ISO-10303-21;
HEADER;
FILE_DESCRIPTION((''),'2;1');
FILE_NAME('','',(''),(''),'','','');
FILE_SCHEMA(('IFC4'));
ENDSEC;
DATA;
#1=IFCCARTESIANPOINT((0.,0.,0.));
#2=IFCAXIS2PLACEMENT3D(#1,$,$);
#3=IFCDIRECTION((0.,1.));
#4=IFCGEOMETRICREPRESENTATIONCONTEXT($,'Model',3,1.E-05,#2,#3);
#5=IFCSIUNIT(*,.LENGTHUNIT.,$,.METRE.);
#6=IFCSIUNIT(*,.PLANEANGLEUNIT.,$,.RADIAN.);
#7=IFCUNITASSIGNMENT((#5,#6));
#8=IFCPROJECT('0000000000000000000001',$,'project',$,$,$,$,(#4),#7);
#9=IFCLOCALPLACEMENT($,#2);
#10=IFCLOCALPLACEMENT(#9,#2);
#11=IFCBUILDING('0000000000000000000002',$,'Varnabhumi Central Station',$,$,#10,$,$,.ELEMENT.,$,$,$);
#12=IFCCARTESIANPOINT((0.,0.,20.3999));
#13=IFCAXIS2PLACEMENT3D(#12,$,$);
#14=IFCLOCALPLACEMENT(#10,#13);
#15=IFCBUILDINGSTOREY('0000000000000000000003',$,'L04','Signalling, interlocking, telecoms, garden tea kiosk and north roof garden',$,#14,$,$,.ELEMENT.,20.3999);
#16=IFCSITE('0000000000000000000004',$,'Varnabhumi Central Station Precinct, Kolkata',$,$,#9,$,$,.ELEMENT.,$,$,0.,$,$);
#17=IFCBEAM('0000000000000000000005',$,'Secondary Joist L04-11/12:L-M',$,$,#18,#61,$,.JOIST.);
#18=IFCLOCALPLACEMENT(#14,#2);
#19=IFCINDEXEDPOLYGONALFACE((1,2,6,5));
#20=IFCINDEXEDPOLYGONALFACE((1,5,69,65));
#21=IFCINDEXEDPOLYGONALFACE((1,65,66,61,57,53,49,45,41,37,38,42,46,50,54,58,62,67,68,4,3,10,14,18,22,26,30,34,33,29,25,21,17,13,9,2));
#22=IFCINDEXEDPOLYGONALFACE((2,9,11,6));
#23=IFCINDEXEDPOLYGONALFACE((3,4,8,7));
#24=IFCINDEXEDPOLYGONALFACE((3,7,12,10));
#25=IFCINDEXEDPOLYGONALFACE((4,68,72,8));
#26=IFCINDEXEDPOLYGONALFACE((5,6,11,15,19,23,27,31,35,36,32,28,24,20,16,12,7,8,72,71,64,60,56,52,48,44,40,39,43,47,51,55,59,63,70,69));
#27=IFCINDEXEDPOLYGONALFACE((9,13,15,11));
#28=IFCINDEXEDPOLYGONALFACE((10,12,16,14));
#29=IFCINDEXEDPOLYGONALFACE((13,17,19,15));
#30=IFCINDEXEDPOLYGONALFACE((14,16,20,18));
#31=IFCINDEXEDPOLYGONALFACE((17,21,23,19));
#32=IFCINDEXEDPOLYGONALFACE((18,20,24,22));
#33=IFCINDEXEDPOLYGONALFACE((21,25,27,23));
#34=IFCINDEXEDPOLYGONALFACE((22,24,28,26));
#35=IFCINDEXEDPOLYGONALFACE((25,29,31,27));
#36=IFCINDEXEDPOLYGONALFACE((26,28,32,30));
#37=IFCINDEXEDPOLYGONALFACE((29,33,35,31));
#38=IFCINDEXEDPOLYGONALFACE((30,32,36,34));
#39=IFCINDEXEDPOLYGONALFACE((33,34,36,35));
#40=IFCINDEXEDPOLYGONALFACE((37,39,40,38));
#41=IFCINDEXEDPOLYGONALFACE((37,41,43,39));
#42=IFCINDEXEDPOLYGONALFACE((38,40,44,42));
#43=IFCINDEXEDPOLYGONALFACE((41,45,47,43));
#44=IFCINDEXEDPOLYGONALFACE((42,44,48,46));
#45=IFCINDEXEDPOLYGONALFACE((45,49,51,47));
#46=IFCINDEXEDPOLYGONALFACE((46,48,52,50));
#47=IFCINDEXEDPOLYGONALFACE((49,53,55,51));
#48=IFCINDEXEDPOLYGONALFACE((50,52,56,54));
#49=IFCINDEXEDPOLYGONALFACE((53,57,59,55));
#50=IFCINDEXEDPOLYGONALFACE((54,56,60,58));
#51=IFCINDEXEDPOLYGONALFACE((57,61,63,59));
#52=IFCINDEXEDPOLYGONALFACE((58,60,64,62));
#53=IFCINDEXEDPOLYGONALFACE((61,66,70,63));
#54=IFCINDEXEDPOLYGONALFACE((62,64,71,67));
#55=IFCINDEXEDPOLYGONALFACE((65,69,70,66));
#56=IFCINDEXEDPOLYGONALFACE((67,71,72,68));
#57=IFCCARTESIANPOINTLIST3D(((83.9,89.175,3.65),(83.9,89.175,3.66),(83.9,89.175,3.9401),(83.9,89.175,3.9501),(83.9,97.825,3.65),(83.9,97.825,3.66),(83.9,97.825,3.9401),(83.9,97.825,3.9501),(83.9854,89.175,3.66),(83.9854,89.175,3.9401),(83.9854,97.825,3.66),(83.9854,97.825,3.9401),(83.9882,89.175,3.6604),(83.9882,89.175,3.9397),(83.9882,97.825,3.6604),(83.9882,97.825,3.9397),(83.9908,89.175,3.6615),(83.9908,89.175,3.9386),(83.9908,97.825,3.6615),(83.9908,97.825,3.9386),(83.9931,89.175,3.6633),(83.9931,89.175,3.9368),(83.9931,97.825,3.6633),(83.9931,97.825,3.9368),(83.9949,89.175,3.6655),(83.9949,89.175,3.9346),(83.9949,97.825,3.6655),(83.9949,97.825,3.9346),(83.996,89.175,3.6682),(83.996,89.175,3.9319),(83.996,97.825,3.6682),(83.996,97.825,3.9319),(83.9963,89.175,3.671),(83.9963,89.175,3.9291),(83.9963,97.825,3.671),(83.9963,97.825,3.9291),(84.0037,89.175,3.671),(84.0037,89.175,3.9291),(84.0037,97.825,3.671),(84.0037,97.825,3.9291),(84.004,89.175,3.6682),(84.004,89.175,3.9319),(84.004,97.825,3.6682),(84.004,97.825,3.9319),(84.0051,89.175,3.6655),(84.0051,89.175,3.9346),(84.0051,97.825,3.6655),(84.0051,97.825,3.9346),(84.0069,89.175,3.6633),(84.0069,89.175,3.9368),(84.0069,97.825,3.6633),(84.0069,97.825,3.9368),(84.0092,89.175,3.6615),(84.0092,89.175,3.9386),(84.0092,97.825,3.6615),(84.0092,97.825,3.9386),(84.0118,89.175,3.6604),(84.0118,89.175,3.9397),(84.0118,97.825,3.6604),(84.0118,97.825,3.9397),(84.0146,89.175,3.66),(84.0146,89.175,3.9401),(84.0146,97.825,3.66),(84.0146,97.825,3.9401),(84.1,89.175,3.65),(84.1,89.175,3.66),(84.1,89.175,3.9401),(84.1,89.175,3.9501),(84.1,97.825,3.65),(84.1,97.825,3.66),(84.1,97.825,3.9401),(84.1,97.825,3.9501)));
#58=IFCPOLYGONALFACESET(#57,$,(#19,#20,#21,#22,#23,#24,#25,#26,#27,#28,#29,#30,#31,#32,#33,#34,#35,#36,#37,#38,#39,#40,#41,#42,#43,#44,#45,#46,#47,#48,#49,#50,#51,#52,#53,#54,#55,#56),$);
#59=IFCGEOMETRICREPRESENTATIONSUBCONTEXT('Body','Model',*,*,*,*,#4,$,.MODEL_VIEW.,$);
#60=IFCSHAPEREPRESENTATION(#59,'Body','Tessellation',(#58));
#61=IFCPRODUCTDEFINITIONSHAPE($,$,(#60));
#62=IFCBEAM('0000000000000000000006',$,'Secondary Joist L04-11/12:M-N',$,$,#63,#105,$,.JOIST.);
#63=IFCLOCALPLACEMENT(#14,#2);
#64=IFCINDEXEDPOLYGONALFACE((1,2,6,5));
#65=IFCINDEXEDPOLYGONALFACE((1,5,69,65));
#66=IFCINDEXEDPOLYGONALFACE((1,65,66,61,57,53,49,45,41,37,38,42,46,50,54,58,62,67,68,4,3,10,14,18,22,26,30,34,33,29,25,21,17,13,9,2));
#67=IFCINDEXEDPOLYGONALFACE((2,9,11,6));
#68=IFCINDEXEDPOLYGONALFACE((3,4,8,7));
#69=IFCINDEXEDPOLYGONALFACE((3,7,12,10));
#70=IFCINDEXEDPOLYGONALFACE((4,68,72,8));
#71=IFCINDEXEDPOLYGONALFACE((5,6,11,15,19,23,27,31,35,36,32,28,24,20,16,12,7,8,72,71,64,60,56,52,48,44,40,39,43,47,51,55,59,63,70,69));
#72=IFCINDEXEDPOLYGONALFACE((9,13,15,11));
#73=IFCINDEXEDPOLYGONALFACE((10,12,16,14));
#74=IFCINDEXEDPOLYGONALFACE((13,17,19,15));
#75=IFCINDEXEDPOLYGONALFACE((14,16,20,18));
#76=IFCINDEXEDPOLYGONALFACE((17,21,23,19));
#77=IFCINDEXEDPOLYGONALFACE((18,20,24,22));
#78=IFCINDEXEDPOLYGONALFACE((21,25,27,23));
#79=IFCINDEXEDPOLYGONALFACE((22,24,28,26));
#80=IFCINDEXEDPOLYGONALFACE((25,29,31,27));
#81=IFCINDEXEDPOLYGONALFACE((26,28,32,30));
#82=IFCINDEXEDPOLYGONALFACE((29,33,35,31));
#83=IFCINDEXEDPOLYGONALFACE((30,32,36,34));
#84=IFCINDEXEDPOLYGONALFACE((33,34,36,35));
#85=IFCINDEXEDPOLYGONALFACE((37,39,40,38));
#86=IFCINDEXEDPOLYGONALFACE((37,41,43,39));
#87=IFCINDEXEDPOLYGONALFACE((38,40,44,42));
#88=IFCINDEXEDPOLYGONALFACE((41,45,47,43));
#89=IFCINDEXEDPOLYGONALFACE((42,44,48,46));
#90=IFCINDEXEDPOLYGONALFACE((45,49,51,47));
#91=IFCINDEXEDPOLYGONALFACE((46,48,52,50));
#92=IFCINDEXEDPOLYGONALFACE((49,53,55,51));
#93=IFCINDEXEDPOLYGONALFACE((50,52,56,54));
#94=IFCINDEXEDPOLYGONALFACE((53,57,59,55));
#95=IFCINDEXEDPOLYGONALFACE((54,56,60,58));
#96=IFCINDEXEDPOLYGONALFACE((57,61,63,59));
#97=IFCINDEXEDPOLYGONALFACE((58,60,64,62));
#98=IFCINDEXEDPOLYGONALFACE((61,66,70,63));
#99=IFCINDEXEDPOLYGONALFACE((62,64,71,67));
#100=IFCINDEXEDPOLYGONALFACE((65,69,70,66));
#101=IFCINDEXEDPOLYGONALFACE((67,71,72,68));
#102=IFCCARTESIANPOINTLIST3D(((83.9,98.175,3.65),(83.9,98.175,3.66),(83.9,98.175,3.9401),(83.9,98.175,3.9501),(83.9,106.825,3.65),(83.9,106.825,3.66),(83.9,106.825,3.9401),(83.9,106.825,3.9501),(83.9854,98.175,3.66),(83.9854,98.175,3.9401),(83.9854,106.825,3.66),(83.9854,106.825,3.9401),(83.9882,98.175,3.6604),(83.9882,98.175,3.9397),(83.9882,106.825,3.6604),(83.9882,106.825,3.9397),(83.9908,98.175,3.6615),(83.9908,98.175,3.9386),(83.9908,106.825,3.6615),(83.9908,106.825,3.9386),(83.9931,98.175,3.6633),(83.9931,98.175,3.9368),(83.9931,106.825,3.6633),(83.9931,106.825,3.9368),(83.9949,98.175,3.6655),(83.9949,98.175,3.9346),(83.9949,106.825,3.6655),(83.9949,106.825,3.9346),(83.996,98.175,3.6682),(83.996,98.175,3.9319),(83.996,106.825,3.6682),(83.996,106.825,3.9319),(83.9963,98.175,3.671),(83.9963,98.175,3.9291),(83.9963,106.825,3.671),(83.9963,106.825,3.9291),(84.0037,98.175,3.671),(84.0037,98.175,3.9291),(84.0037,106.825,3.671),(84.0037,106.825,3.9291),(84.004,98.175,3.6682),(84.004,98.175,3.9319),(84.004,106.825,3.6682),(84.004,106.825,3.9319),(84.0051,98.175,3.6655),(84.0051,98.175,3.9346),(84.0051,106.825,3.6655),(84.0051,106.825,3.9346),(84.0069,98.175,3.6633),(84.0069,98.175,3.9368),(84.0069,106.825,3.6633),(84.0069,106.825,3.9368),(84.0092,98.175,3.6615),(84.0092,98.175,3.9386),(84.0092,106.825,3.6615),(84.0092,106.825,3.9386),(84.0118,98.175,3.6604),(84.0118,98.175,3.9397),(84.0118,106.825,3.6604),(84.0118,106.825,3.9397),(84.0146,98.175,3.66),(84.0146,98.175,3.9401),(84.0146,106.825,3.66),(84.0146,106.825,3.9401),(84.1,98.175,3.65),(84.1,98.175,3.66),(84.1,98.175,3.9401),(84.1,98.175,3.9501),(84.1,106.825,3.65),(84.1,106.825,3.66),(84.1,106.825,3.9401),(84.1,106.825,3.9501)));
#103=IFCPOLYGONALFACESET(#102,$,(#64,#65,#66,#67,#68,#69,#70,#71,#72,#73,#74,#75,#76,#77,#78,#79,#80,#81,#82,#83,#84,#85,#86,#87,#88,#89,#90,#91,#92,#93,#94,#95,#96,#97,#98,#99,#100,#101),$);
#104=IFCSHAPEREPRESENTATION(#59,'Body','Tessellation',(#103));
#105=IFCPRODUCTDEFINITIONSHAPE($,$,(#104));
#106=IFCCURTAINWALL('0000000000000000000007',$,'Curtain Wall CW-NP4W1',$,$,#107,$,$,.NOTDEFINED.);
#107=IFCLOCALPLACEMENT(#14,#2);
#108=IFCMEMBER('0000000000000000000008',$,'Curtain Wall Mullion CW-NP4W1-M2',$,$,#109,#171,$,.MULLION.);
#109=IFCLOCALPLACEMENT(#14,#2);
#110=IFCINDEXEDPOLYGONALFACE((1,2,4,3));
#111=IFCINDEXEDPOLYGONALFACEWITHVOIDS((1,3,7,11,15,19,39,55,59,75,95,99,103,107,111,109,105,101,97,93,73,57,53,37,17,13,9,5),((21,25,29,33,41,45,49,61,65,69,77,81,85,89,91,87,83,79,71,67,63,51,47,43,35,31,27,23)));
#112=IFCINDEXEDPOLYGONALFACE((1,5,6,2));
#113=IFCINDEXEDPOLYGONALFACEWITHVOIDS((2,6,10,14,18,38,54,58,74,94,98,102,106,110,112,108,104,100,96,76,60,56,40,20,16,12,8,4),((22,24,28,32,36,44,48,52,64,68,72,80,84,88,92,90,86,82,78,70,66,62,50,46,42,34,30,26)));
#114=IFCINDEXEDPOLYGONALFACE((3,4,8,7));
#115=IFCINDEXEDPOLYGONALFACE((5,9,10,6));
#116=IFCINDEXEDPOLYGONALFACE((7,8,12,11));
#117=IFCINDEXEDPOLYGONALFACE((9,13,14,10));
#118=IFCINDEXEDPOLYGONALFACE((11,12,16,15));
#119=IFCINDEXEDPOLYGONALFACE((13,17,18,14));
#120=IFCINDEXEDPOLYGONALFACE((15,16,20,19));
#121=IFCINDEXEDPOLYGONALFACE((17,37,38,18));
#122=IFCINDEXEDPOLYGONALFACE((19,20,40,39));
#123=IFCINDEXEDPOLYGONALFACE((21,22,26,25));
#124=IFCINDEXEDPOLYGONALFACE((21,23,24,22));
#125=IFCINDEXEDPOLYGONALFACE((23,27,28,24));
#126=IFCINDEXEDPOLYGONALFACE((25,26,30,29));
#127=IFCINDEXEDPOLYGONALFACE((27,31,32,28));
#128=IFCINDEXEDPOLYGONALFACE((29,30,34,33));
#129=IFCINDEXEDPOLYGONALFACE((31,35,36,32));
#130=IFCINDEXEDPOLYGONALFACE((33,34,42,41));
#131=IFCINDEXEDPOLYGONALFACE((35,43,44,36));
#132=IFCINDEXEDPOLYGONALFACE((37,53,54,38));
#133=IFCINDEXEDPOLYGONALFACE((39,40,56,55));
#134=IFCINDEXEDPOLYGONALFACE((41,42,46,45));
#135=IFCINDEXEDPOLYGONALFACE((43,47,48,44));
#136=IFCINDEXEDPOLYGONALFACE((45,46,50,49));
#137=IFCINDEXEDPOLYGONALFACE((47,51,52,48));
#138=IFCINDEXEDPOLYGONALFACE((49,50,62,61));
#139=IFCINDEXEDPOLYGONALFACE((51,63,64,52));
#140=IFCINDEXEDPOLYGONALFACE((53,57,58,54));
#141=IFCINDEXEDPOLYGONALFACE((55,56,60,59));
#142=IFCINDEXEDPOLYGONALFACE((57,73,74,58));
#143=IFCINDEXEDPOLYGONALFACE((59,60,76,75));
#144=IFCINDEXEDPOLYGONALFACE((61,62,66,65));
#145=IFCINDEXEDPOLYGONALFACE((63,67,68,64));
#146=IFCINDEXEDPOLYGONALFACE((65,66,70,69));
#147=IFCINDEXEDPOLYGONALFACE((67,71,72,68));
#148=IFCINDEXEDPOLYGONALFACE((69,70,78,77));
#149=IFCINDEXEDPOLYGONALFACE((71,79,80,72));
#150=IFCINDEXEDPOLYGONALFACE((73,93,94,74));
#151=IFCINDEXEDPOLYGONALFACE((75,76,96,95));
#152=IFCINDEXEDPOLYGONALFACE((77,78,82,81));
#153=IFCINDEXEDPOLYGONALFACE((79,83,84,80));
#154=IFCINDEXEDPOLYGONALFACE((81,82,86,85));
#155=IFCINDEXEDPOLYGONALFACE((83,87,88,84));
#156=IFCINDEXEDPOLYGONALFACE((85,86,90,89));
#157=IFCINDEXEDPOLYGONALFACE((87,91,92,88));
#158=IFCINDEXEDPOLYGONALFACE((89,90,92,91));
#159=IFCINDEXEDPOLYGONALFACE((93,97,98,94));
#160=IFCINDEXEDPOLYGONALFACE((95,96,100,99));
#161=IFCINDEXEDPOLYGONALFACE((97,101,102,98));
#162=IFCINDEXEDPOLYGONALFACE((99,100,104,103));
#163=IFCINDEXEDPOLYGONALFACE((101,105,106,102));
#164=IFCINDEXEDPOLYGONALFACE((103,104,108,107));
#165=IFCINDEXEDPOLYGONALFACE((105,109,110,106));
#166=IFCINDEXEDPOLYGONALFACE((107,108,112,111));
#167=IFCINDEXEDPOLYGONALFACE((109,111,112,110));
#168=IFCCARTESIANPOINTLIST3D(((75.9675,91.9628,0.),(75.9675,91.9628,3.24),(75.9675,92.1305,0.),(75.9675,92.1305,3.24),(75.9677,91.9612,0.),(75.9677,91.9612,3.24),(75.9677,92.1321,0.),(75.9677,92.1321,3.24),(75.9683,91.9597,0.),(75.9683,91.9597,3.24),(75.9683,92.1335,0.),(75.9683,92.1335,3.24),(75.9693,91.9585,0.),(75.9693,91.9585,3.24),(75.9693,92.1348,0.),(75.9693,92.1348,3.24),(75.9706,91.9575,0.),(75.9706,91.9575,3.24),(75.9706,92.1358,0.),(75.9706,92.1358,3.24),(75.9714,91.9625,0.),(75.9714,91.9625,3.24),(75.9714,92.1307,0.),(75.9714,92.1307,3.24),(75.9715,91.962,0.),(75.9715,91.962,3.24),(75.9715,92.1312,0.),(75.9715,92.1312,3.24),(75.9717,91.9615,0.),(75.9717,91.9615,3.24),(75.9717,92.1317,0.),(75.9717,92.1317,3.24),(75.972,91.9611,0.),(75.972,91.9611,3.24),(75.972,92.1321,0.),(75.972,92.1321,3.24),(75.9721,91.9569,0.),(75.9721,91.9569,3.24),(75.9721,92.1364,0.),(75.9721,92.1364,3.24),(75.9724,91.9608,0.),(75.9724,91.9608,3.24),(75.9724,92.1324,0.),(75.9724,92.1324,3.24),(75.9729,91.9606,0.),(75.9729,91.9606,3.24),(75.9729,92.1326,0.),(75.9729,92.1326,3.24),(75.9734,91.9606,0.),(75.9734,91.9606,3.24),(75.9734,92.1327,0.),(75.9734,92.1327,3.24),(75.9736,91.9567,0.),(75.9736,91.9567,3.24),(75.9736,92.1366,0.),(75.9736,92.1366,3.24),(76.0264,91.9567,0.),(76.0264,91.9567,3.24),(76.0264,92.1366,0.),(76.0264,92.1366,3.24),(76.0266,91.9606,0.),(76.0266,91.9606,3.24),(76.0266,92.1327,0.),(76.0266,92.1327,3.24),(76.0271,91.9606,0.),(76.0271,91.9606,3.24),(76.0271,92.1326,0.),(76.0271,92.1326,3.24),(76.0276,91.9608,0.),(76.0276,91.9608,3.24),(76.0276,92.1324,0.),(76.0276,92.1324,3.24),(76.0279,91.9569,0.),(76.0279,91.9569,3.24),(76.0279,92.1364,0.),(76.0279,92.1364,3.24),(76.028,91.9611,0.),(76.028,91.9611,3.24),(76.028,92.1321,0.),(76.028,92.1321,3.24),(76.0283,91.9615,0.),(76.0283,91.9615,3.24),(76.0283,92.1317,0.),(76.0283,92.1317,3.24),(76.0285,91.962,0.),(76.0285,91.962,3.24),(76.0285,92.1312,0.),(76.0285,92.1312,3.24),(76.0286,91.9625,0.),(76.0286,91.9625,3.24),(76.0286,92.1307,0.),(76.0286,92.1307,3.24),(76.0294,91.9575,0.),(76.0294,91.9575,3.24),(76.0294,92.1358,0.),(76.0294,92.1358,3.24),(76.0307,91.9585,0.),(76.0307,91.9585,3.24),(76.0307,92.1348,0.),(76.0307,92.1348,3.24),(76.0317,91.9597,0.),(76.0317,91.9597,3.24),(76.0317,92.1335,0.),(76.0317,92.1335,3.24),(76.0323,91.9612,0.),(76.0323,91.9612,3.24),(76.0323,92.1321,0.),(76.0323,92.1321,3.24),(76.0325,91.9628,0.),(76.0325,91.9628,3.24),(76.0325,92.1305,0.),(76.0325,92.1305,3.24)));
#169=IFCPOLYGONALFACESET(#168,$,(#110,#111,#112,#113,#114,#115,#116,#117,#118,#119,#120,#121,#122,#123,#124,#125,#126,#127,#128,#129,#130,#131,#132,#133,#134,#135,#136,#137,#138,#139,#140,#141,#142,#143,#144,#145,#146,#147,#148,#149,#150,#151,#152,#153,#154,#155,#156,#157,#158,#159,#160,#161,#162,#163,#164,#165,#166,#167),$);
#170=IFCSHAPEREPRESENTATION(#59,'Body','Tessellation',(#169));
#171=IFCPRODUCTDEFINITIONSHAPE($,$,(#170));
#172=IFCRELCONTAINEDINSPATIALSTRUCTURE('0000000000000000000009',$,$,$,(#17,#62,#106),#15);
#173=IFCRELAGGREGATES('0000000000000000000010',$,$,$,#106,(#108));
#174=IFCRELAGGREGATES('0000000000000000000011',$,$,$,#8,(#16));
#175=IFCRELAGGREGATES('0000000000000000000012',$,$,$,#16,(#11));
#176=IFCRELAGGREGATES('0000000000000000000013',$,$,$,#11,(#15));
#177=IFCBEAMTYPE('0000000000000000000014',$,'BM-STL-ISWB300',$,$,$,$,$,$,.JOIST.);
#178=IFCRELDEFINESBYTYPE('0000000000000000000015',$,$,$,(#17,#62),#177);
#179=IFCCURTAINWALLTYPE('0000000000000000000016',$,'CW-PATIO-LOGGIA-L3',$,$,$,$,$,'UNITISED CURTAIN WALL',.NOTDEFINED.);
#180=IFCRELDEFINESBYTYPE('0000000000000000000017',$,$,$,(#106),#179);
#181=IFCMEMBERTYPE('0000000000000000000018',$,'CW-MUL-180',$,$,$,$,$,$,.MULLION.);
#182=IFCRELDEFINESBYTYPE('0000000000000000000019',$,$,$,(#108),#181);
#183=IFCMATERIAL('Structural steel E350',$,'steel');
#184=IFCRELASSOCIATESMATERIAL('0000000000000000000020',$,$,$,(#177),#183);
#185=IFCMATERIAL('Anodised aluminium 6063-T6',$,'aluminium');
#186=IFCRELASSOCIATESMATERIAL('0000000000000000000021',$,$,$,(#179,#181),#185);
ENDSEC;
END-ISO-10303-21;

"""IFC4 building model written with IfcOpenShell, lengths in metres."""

from ifc_helpers import new_model, si_unit, direction, frame, origin, origin_2d, place, context, subcontext, project, spatial, hollow_rectangle, i_section, extrude, material, material_profile, profile_set, type_object, element, aggregate, save


model = new_model("IFC4")

# Units and contexts
model_context = context("Model", 3, precision=1e-05, world=origin(), true_north=direction((0.0, 1.0)))
body_context = subcontext(model_context, "Body", "Model", "MODEL_VIEW")
ifc_project = project(units=[si_unit("LENGTHUNIT", "METRE"), si_unit("PLANEANGLEUNIT", "RADIAN")], contexts=[model_context])

# Site, building, storey
site_placement = place(None, origin())
site = spatial("IfcSite", under=ifc_project, at=site_placement, Name="Varnabhumi Central Station Precinct, Kolkata", CompositionType="ELEMENT", RefElevation=0.0)
building_placement = place(site_placement, origin())
building = spatial("IfcBuilding", under=site, at=building_placement, Name="Varnabhumi Central Station", CompositionType="ELEMENT")
storey_placement = place(building_placement, frame((0.0, 0.0, 20.3999)))
storey = spatial("IfcBuildingStorey", under=building, at=storey_placement, Name="L04", Description="Signalling, interlocking, telecoms, garden tea kiosk and north roof garden", CompositionType="ELEMENT", Elevation=20.3999)

# Shared definitions
ifc_material_1 = material(Name="Structural steel E350", Category="steel")

# Beams
ifc_material_profile_1 = material_profile(ifc_material_1, i_section(OverallWidth=0.2, OverallDepth=0.3, WebThickness=0.0073, FlangeThickness=0.01, FilletRadius=0.011, at=origin_2d()), Name="Structural steel E350", Category="steel")
ifc_profile_set_1 = profile_set([ifc_material_profile_1], Name="Structural steel E350")
beam_type_1 = type_object("IfcBeamType", Name="BM-STL-ISWB300", PredefinedType="JOIST", material=ifc_profile_set_1)
for number, where, z_axis, x_axis, name in (
    (1, (84.0, 89.175, 3.8), (0.0, 1.0, 0.0), (-1.0, 0.0, 0.0), "Secondary Joist L04-11/12:L-M"),
    (2, (84.0, 98.175, 3.8), (0.0, 1.0, 0.0), (-1.0, 0.0, 0.0), "Secondary Joist L04-11/12:M-N"),
):
    element("IfcBeam", number, at=place(storey_placement, frame(where, z_axis=z_axis, x_axis=x_axis)), inside=storey, type_object=beam_type_1, Name=name, PredefinedType="JOIST", context=body_context, shape_type="SweptSolid", body=[
        extrude(i_section(OverallWidth=0.2, OverallDepth=0.3, WebThickness=0.0073, FlangeThickness=0.01, FilletRadius=0.011, at=origin_2d()), origin(), (0.0, 0.0, 1.0), 8.6499),
    ])

# Curtain wall, member
ifc_material_2 = material(Name="Anodised aluminium 6063-T6", Category="aluminium")
curtain_wall_type = type_object("IfcCurtainWallType", Name="CW-PATIO-LOGGIA-L3", ElementType="UNITISED CURTAIN WALL", PredefinedType="NOTDEFINED", material=ifc_material_2)
curtain_wall_1_placement = place(storey_placement, origin())
curtain_wall_1 = element("IfcCurtainWall", 3, at=curtain_wall_1_placement, inside=storey, type_object=curtain_wall_type, Name="Curtain Wall CW-NP4W1", PredefinedType="NOTDEFINED")
ifc_material_profile_2 = material_profile(ifc_material_2, hollow_rectangle(XDim=0.0649, YDim=0.1799, WallThickness=0.0039, InnerFilletRadius=0.002, OuterFilletRadius=0.0061, at=origin_2d()), Name="Anodised aluminium 6063-T6", Category="aluminium")
ifc_profile_set_2 = profile_set([ifc_material_profile_2], Name="Anodised aluminium 6063-T6")
member_type_1 = type_object("IfcMemberType", Name="CW-MUL-180", PredefinedType="MULLION", material=ifc_profile_set_2)
member_1_placement = place(storey_placement, frame((76.0, 92.0466, 0.0), z_axis=(0.0, 0.0, 1.0), x_axis=(1.0, 0.0, 0.0)))
member_1 = element("IfcMember", 4, at=member_1_placement, type_object=member_type_1, Name="Curtain Wall Mullion CW-NP4W1-M2", PredefinedType="MULLION", context=body_context, shape_type="SweptSolid", body=[
    extrude(hollow_rectangle(XDim=0.0649, YDim=0.1799, WallThickness=0.0039, InnerFilletRadius=0.002, OuterFilletRadius=0.0061, at=origin_2d()), origin(), (0.0, 0.0, 1.0), 3.24),
])

aggregate(curtain_wall_1, [member_1])

save(model, "model.ifc")
